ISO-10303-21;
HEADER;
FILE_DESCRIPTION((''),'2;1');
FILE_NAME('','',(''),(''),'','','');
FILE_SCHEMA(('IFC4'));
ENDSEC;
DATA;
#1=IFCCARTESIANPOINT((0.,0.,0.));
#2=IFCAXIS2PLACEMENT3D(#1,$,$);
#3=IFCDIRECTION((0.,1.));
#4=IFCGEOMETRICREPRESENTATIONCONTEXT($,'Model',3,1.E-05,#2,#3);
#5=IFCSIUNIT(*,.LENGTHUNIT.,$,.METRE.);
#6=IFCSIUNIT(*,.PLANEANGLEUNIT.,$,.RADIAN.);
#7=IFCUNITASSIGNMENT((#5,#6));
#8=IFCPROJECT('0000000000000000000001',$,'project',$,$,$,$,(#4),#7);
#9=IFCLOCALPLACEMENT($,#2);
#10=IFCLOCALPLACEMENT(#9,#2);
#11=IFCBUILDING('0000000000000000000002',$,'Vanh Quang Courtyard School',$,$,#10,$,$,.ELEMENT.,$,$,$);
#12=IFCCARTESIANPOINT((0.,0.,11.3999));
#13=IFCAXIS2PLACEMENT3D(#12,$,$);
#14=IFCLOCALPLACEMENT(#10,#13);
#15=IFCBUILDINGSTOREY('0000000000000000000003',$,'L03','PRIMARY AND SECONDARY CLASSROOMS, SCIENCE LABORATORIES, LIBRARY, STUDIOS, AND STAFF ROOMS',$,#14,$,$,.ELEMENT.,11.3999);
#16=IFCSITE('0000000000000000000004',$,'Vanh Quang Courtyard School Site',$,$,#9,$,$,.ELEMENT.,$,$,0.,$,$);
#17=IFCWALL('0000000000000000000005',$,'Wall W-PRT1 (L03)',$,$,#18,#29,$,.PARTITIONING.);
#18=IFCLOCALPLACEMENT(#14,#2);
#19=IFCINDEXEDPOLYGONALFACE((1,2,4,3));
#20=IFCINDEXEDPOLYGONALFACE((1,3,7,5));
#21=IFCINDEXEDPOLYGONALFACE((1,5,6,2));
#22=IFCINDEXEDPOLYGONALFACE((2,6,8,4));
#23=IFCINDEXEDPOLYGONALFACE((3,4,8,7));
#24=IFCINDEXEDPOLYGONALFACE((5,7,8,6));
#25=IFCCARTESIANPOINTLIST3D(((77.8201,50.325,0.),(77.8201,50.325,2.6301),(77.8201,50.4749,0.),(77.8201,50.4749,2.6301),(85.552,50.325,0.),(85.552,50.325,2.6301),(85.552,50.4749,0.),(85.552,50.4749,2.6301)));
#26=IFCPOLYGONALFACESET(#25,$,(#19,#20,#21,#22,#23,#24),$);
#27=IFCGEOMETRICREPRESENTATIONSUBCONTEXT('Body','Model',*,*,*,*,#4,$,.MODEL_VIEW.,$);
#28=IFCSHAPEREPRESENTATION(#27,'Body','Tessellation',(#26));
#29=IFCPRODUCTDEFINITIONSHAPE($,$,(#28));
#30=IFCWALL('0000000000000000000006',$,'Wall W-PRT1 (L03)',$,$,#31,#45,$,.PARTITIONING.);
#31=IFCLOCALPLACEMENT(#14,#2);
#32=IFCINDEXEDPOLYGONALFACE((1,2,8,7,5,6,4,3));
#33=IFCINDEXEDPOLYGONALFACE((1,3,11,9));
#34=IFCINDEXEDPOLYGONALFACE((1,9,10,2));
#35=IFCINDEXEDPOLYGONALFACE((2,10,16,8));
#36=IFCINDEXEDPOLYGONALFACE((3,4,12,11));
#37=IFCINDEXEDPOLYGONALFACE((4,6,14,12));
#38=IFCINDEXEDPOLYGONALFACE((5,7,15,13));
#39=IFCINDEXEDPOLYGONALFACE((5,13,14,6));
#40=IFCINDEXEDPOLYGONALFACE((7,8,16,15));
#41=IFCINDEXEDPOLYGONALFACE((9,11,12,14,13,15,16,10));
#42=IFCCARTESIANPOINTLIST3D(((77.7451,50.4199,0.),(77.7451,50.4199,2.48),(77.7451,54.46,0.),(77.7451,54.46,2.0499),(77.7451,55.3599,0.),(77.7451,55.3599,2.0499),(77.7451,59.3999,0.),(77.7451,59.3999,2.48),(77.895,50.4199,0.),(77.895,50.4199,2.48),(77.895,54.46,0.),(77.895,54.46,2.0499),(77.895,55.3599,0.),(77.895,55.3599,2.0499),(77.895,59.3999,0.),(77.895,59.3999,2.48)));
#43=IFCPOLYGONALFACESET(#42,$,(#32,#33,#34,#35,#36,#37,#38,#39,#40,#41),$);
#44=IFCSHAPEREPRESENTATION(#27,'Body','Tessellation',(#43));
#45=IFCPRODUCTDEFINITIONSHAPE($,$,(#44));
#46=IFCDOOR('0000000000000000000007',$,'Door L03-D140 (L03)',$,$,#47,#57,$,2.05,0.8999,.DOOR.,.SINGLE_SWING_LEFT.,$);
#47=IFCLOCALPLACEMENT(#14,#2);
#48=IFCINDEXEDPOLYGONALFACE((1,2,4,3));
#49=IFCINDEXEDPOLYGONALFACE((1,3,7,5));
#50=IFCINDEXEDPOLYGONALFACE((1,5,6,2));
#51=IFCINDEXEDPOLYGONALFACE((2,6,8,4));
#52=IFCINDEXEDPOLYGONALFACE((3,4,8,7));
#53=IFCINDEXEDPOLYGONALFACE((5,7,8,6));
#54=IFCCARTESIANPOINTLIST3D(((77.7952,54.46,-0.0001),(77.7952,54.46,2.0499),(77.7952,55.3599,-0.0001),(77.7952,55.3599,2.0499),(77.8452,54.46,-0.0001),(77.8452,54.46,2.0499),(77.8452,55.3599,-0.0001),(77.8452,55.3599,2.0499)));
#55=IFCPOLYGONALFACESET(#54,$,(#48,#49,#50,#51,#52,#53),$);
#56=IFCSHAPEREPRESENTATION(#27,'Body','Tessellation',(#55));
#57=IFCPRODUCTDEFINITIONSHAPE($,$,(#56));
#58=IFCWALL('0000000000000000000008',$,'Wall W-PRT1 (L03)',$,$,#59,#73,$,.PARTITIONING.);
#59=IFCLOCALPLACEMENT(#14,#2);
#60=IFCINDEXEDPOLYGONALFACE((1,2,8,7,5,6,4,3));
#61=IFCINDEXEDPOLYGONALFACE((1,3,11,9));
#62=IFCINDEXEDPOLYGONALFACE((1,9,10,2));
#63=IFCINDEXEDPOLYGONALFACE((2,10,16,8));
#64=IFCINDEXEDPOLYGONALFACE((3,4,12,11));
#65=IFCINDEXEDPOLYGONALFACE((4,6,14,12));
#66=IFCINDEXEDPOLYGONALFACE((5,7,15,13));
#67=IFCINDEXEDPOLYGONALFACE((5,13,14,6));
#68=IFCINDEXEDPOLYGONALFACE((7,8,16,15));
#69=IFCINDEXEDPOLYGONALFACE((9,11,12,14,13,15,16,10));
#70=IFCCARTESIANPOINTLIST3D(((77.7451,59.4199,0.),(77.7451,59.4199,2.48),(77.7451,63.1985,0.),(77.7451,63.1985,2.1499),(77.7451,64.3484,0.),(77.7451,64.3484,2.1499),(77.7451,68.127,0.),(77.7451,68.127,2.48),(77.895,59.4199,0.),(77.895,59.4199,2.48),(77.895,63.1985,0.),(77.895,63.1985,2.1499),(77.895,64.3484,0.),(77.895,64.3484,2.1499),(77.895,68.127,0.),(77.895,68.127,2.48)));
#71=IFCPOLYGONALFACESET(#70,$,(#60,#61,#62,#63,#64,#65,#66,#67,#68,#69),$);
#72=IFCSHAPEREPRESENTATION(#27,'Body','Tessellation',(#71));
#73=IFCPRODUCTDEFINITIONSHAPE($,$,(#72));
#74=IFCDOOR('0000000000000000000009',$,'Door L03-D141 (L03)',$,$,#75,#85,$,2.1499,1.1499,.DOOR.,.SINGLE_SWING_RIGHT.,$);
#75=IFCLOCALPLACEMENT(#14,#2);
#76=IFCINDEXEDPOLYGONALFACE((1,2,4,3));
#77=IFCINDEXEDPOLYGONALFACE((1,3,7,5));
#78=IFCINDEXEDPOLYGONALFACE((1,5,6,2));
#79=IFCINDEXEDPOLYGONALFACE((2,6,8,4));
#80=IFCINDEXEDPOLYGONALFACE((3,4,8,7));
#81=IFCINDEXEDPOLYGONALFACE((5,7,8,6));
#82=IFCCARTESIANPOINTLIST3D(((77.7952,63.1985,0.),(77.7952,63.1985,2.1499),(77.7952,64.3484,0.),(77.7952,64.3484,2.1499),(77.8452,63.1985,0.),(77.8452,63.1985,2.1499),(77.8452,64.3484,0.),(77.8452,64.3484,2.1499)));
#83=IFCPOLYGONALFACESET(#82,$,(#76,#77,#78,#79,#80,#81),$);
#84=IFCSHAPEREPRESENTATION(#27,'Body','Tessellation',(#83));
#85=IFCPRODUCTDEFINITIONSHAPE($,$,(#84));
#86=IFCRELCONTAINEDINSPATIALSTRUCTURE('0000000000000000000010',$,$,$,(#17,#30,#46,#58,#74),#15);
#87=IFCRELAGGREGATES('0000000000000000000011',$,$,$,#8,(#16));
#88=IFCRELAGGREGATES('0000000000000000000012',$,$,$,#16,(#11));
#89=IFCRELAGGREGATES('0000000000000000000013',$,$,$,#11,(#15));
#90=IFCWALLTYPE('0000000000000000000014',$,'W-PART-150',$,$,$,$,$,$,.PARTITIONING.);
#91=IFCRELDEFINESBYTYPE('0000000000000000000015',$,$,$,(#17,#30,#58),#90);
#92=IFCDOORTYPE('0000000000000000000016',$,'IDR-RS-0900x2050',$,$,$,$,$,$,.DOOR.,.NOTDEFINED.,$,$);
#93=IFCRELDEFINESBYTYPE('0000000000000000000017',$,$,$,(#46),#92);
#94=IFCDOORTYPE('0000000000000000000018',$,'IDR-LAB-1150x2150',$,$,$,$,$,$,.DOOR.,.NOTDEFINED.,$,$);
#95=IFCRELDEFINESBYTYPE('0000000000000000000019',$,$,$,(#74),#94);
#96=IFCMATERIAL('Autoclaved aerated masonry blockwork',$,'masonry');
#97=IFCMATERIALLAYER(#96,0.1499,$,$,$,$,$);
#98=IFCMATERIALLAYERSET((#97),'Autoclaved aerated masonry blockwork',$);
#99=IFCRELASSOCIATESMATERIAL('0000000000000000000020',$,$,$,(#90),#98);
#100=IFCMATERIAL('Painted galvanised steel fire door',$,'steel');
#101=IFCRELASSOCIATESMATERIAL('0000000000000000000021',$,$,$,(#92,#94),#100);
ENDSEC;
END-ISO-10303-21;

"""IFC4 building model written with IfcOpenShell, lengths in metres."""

from ifc_helpers import new_model, si_unit, direction, frame, frame_2d, origin, place, context, subcontext, project, spatial, rectangle, extrude, material, layer, layer_set, type_object, element, fill, save


model = new_model("IFC4")

# Units and contexts
model_context = context("Model", 3, precision=1e-05, world=origin(), true_north=direction((0.0, 1.0)))
body_context = subcontext(model_context, "Body", "Model", "MODEL_VIEW")
ifc_project = project(units=[si_unit("LENGTHUNIT", "METRE"), si_unit("PLANEANGLEUNIT", "RADIAN")], contexts=[model_context])

# Site, building, storey
site_placement = place(None, origin())
site = spatial("IfcSite", under=ifc_project, at=site_placement, Name="Vanh Quang Courtyard School Site", CompositionType="ELEMENT", RefElevation=0.0)
building_placement = place(site_placement, origin())
building = spatial("IfcBuilding", under=site, at=building_placement, Name="Vanh Quang Courtyard School", CompositionType="ELEMENT")
storey_placement = place(building_placement, frame((0.0, 0.0, 11.3999)))
storey = spatial("IfcBuildingStorey", under=building, at=storey_placement, Name="L03", Description="PRIMARY AND SECONDARY CLASSROOMS, SCIENCE LABORATORIES, LIBRARY, STUDIOS, AND STAFF ROOMS", CompositionType="ELEMENT", Elevation=11.3999)

# Wall
ifc_material_1 = material(Name="Autoclaved aerated masonry blockwork", Category="masonry")
ifc_layer_1 = layer(ifc_material_1, 0.1499)
ifc_layer_set_1 = layer_set([ifc_layer_1], Name="Autoclaved aerated masonry blockwork")
wall_type_1 = type_object("IfcWallType", Name="W-PART-150", PredefinedType="PARTITIONING", material=ifc_layer_set_1)
wall_1_placement = place(storey_placement, frame((77.8201, 50.3999, 0.0), z_axis=(0.0, 0.0, 1.0), x_axis=(1.0, 0.0, 0.0)))
element("IfcWall", 1, at=wall_1_placement, inside=storey, type_object=wall_type_1, Name="Wall W-PRT1 (L03)", PredefinedType="PARTITIONING", context=body_context, shape_type="SweptSolid", body=[
    extrude(rectangle(XDim=7.7319, YDim=0.1499, at=frame_2d((3.866, 0.0))), origin(), (0.0, 0.0, 1.0), 2.6301),
])

# Walls, openings, doors
wall_2_placement = place(storey_placement, frame((77.8201, 50.4199, 0.0), z_axis=(0.0, 0.0, 1.0), x_axis=(0.0, 1.0, 0.0)))
wall_2 = element("IfcWall", 2, at=wall_2_placement, inside=storey, type_object=wall_type_1, Name="Wall W-PRT1 (L03)", PredefinedType="PARTITIONING", context=body_context, shape_type="SweptSolid", body=[
    extrude(rectangle(XDim=8.98, YDim=0.1499, at=frame_2d((4.49, 0.0))), origin(), (0.0, 0.0, 1.0), 2.48),
])
opening_1_placement = place(wall_2_placement, frame((4.04, 0.0, 0.0)))
opening_1 = element("IfcOpeningElement", 3, at=opening_1_placement, cuts=wall_2, PredefinedType="OPENING", context=body_context, shape_type="SweptSolid", body=[
    extrude(rectangle(XDim=0.8999, YDim=2.05, at=frame_2d((0.45, 1.0249))), frame((0.0, 0.085, 0.0), z_axis=(0.0, -1.0, 0.0), x_axis=(1.0, 0.0, 0.0)), (0.0, 0.0, 1.0), 0.1699),
])
ifc_material_2 = material(Name="Painted galvanised steel fire door", Category="steel")
door_type_1 = type_object("IfcDoorType", Name="IDR-RS-0900x2050", OperationType="NOTDEFINED", PredefinedType="DOOR", material=ifc_material_2)
door_1_placement = place(opening_1_placement, origin())
door_1 = element("IfcDoor", 4, at=door_1_placement, inside=storey, type_object=door_type_1, Name="Door L03-D140 (L03)", OperationType="SINGLE_SWING_LEFT", OverallHeight=2.05, OverallWidth=0.8999, PredefinedType="DOOR", context=body_context, shape_type="SweptSolid", body=[
    extrude(rectangle(XDim=0.8999, YDim=2.05, at=frame_2d((0.45, 1.0249))), frame((0.0, 0.0249, 0.0), z_axis=(0.0, -1.0, 0.0), x_axis=(1.0, 0.0, 0.0)), (0.0, 0.0, 1.0), 0.05),
])
fill(opening_1, door_1)
wall_3_placement = place(storey_placement, frame((77.8201, 59.4199, 0.0), z_axis=(0.0, 0.0, 1.0), x_axis=(0.0, 1.0, 0.0)))
wall_3 = element("IfcWall", 5, at=wall_3_placement, inside=storey, type_object=wall_type_1, Name="Wall W-PRT1 (L03)", PredefinedType="PARTITIONING", context=body_context, shape_type="SweptSolid", body=[
    extrude(rectangle(XDim=8.707, YDim=0.1499, at=frame_2d((4.3535, 0.0))), origin(), (0.0, 0.0, 1.0), 2.48),
])
opening_2_placement = place(wall_3_placement, frame((3.7786, 0.0, 0.0)))
opening_2 = element("IfcOpeningElement", 6, at=opening_2_placement, cuts=wall_3, PredefinedType="OPENING", context=body_context, shape_type="SweptSolid", body=[
    extrude(rectangle(XDim=1.1499, YDim=2.1499, at=frame_2d((0.575, 1.075))), frame((0.0, 0.085, 0.0), z_axis=(0.0, -1.0, 0.0), x_axis=(1.0, 0.0, 0.0)), (0.0, 0.0, 1.0), 0.1699),
])
door_type_2 = type_object("IfcDoorType", Name="IDR-LAB-1150x2150", OperationType="NOTDEFINED", PredefinedType="DOOR", material=ifc_material_2)
door_2_placement = place(opening_2_placement, origin())
door_2 = element("IfcDoor", 7, at=door_2_placement, inside=storey, type_object=door_type_2, Name="Door L03-D141 (L03)", OperationType="SINGLE_SWING_RIGHT", OverallHeight=2.1499, OverallWidth=1.1499, PredefinedType="DOOR", context=body_context, shape_type="SweptSolid", body=[
    extrude(rectangle(XDim=1.1499, YDim=2.1499, at=frame_2d((0.575, 1.075))), frame((0.0, 0.0249, 0.0), z_axis=(0.0, -1.0, 0.0), x_axis=(1.0, 0.0, 0.0)), (0.0, 0.0, 1.0), 0.05),
])
fill(opening_2, door_2)

save(model, "model.ifc")
